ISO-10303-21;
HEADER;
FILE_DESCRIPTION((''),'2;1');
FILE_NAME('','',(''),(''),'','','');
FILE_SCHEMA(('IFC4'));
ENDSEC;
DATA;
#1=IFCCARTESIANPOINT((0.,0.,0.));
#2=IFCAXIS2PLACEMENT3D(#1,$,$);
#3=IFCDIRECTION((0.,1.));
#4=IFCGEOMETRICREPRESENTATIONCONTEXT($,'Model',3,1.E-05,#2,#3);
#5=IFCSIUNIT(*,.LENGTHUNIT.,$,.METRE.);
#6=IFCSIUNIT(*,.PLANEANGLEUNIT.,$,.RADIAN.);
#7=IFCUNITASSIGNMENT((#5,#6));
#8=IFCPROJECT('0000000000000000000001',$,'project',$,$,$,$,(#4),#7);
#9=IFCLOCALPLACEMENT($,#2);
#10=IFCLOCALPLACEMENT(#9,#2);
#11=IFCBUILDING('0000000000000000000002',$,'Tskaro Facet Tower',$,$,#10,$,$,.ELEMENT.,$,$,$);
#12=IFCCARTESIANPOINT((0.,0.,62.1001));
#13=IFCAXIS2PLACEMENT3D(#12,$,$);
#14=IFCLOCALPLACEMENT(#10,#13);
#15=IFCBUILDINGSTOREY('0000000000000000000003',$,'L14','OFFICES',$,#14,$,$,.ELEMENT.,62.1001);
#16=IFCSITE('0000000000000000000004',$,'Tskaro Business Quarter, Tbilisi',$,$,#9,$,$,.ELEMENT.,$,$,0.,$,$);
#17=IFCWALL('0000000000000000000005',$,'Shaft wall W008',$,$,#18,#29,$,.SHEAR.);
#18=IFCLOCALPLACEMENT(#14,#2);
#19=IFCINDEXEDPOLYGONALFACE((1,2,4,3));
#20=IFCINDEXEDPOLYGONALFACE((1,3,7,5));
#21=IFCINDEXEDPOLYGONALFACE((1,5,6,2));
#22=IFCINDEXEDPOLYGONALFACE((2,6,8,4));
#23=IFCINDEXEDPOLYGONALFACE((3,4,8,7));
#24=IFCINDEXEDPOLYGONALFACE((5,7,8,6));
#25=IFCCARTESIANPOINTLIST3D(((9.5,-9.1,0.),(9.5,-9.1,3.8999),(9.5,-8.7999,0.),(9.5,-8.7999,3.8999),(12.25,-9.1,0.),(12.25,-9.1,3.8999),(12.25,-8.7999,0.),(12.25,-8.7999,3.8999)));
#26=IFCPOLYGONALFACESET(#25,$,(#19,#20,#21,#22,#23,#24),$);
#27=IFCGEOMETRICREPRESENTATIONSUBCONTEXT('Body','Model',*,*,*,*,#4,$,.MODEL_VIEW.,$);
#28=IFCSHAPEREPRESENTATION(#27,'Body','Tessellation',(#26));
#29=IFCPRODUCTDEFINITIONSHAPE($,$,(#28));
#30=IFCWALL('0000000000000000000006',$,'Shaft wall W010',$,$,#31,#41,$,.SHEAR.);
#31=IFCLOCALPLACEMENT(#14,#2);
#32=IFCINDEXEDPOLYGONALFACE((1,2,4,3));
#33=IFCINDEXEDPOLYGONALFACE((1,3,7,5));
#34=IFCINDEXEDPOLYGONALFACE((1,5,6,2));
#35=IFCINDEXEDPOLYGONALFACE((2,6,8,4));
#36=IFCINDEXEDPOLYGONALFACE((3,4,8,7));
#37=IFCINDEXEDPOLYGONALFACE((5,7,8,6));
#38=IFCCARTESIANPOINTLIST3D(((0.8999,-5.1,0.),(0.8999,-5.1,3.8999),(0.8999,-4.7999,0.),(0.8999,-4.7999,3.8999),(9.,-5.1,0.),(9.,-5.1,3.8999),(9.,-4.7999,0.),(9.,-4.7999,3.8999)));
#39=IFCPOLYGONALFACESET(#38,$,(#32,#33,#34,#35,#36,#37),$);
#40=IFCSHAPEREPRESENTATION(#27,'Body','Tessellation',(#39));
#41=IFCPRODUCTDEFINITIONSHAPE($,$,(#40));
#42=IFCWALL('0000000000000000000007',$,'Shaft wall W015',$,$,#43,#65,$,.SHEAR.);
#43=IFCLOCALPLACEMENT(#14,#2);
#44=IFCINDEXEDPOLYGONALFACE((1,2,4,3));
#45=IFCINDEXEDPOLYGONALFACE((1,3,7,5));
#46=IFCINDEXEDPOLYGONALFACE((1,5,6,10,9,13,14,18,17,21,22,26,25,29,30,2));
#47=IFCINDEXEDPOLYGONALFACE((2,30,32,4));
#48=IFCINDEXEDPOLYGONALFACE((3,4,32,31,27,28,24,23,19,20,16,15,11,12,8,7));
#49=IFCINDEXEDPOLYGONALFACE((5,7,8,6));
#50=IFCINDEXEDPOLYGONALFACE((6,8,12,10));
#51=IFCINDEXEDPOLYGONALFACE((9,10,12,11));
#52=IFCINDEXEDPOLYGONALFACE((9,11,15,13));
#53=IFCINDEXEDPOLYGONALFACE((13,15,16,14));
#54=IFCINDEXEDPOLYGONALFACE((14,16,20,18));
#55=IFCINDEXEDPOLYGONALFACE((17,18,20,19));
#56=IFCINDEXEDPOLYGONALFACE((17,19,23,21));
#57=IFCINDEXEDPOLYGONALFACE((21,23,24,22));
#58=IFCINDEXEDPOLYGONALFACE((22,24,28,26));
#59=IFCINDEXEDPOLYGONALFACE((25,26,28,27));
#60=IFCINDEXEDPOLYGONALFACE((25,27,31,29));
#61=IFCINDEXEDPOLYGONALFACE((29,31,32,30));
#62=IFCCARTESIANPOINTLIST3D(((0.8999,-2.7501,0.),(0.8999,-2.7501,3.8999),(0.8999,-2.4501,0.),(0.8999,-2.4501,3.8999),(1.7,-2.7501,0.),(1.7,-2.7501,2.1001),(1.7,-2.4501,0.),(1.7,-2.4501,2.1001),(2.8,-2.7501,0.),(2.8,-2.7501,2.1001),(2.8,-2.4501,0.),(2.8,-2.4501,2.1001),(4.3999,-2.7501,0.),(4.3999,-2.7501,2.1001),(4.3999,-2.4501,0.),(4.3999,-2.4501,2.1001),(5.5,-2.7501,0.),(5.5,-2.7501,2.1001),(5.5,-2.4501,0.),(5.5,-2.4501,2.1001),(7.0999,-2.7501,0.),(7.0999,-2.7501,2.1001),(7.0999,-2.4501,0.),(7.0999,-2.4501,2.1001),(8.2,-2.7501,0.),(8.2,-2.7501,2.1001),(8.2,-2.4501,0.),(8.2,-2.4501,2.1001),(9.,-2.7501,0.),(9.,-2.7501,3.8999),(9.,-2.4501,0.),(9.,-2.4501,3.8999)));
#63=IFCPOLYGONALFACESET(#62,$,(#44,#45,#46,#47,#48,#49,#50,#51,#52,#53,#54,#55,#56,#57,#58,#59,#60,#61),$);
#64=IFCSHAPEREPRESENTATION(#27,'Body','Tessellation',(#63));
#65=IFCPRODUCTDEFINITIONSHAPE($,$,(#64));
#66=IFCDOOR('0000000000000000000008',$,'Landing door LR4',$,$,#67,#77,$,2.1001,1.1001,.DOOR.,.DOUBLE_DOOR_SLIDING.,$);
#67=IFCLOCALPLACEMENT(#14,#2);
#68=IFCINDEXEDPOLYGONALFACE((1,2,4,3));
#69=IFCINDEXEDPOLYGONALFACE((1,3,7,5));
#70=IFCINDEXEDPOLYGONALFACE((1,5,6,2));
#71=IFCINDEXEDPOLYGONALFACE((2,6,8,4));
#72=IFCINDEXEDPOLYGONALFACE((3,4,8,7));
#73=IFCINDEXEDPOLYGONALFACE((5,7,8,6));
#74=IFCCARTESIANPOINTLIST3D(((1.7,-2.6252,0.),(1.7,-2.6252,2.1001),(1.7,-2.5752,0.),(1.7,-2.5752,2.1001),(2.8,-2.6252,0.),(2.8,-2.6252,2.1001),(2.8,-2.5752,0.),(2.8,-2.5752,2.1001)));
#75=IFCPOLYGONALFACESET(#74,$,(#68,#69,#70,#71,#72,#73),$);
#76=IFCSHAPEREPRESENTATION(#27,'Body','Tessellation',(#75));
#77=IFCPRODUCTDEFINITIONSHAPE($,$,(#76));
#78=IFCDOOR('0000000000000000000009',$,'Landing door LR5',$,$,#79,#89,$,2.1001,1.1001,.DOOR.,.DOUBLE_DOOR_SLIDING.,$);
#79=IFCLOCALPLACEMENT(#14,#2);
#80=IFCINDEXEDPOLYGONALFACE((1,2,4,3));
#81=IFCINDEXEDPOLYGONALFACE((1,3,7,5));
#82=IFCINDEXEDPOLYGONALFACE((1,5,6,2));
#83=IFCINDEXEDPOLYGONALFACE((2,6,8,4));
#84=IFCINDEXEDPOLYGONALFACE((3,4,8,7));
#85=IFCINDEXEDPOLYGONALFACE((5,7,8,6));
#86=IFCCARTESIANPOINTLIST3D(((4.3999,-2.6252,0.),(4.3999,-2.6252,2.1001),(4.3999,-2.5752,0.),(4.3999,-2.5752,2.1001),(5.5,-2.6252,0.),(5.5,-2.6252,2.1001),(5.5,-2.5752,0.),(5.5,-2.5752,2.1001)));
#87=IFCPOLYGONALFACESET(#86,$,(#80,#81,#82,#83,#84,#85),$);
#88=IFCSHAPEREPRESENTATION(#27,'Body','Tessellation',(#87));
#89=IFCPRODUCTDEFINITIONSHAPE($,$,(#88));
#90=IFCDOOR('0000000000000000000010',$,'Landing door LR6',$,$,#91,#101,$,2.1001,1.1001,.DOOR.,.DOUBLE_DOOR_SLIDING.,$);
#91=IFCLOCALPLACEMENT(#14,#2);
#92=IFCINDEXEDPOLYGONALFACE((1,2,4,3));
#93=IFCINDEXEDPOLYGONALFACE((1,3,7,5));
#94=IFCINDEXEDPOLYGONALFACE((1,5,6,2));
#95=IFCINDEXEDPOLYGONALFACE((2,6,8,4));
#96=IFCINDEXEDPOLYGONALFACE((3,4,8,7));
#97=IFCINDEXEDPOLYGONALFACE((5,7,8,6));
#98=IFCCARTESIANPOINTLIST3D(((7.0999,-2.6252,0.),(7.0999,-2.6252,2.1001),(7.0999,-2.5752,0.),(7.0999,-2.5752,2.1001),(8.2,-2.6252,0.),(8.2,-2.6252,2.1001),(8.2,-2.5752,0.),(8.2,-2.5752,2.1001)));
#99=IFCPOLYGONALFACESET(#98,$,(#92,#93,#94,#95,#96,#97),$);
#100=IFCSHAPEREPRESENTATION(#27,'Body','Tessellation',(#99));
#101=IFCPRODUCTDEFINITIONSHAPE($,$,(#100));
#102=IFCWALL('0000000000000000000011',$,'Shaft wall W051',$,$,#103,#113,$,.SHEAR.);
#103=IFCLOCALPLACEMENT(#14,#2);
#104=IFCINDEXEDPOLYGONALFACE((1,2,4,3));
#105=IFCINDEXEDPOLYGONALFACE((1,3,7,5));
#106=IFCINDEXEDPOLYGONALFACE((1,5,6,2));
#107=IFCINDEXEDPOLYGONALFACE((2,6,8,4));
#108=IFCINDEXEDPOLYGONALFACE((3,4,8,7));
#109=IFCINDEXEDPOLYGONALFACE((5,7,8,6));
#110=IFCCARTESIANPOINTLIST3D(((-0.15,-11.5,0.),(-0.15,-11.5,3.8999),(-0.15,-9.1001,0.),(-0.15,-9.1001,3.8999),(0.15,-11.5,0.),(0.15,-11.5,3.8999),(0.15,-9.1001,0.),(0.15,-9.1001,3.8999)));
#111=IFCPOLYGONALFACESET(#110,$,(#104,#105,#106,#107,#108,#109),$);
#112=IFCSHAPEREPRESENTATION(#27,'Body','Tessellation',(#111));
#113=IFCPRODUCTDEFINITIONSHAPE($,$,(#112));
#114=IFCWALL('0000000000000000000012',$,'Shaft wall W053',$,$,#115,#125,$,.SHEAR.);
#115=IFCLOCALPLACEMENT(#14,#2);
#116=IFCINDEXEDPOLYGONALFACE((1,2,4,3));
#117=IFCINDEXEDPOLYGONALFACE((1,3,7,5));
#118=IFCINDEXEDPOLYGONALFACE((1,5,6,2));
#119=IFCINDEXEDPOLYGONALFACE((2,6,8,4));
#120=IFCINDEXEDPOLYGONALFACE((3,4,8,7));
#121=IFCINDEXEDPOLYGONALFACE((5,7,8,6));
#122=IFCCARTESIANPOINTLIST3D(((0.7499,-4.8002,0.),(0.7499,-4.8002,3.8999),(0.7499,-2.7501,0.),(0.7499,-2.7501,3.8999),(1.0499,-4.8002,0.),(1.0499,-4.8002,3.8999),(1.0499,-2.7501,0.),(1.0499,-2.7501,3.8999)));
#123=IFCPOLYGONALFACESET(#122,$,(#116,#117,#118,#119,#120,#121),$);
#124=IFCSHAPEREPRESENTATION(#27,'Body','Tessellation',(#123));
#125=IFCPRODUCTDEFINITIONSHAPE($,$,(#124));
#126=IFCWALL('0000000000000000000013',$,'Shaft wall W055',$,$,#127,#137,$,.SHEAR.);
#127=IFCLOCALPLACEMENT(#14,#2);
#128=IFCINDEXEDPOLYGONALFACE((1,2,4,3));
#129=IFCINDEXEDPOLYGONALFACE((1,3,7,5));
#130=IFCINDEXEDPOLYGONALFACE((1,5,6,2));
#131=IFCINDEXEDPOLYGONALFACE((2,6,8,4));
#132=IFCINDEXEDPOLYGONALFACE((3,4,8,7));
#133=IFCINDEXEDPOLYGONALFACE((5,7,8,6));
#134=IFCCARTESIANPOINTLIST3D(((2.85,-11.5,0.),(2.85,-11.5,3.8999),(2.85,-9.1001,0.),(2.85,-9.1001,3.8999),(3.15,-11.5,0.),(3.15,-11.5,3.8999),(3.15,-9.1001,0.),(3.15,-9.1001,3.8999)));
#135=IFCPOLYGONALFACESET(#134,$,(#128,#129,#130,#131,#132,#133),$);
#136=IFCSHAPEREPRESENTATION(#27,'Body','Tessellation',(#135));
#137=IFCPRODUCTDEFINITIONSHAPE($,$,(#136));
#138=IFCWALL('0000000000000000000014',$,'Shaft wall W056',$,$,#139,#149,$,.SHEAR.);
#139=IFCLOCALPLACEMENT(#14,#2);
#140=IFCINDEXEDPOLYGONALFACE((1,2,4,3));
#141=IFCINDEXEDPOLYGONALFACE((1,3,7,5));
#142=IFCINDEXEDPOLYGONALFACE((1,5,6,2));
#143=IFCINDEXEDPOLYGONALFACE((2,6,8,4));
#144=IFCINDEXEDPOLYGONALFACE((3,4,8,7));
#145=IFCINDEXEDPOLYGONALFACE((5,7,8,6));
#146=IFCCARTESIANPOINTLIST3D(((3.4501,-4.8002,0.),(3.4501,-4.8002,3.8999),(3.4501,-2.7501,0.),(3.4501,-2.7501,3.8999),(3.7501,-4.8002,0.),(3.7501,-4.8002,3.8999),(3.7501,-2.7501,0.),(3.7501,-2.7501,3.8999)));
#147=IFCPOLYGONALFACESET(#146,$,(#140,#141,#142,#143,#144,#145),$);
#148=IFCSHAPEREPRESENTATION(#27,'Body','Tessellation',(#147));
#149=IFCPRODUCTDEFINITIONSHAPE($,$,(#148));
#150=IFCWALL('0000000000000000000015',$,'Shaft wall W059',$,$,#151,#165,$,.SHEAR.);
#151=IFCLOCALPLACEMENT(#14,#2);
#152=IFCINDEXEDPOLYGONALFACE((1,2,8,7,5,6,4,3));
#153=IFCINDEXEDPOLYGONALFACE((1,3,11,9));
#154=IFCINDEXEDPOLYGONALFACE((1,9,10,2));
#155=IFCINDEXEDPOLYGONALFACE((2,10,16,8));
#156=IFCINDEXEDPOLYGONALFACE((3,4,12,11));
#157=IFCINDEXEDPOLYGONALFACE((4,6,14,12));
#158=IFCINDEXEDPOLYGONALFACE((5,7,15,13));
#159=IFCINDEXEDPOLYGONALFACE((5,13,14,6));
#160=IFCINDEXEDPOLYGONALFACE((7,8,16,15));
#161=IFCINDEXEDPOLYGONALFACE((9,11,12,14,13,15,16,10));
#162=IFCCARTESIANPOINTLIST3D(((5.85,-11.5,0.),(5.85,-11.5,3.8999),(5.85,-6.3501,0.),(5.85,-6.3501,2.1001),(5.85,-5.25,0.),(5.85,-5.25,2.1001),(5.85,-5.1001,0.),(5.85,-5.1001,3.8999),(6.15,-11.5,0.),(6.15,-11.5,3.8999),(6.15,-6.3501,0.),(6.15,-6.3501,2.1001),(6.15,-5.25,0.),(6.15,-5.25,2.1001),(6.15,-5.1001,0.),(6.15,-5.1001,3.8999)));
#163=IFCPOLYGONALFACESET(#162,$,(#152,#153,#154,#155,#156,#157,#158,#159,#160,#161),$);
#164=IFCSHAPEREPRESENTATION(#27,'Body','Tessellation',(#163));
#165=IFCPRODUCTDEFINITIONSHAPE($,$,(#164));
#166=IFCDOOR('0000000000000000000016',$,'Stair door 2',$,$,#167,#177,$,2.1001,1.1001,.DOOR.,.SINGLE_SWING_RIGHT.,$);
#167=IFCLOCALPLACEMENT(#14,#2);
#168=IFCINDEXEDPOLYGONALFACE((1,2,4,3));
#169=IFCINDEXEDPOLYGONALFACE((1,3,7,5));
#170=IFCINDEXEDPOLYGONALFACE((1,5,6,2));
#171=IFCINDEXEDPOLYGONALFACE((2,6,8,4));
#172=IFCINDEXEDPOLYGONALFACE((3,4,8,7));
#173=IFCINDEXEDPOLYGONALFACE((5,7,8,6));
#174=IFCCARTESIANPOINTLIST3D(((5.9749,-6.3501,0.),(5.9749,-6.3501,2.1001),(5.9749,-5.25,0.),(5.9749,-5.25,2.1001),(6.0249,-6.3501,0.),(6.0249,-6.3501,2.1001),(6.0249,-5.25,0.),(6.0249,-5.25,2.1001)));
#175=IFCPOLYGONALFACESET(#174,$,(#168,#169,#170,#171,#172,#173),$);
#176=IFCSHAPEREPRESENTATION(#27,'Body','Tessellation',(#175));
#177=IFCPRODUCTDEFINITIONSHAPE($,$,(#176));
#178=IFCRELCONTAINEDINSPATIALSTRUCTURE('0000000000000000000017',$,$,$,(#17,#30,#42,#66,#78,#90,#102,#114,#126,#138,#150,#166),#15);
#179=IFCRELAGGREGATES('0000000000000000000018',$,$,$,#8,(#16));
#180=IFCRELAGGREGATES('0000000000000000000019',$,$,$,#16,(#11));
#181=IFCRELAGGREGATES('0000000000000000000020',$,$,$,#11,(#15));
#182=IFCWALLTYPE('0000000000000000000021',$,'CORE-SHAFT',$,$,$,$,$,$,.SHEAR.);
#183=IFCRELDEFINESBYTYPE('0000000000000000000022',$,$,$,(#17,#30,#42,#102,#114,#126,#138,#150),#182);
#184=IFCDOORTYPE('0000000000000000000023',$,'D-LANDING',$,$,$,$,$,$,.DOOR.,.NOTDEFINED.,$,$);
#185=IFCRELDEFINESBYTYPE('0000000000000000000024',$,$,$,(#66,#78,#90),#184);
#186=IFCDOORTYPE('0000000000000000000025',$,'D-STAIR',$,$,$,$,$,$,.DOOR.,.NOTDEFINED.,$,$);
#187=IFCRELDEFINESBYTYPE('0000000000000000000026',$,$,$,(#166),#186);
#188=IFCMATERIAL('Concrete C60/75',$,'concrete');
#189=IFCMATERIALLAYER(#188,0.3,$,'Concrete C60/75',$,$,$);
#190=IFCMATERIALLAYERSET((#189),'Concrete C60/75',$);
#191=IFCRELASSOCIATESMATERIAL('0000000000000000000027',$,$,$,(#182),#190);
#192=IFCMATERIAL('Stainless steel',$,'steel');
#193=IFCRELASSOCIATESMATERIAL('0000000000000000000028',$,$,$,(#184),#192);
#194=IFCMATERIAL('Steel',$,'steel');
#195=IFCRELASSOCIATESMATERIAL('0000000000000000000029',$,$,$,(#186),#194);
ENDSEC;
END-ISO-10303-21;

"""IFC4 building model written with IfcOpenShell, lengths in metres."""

from ifc_helpers import new_model, si_unit, direction, frame, frame_2d, origin, place, context, subcontext, project, spatial, rectangle, extrude, material, layer, layer_set, type_object, element, fill, save


model = new_model("IFC4")

# Units and contexts
model_context = context("Model", 3, precision=1e-05, world=origin(), true_north=direction((0.0, 1.0)))
body_context = subcontext(model_context, "Body", "Model", "MODEL_VIEW")
ifc_project = project(units=[si_unit("LENGTHUNIT", "METRE"), si_unit("PLANEANGLEUNIT", "RADIAN")], contexts=[model_context])

# Site, building, storey
site_placement = place(None, origin())
site = spatial("IfcSite", under=ifc_project, at=site_placement, Name="Tskaro Business Quarter, Tbilisi", CompositionType="ELEMENT", RefElevation=0.0)
building_placement = place(site_placement, origin())
building = spatial("IfcBuilding", under=site, at=building_placement, Name="Tskaro Facet Tower", CompositionType="ELEMENT")
storey_placement = place(building_placement, frame((0.0, 0.0, 62.1001)))
storey = spatial("IfcBuildingStorey", under=building, at=storey_placement, Name="L14", Description="OFFICES", CompositionType="ELEMENT", Elevation=62.1001)

# Walls
ifc_material_1 = material(Name="Concrete C60/75", Category="concrete")
ifc_layer_1 = layer(ifc_material_1, 0.3, Name="Concrete C60/75")
ifc_layer_set_1 = layer_set([ifc_layer_1], Name="Concrete C60/75")
wall_type_1 = type_object("IfcWallType", Name="CORE-SHAFT", PredefinedType="SHEAR", material=ifc_layer_set_1)
wall_1_placement = place(storey_placement, frame((9.5, -8.95, 0.0), z_axis=(0.0, 0.0, 1.0), x_axis=(1.0, 0.0, 0.0)))
element("IfcWall", 1, at=wall_1_placement, inside=storey, type_object=wall_type_1, Name="Shaft wall W008", PredefinedType="SHEAR", context=body_context, shape_type="SweptSolid", body=[
    extrude(rectangle(XDim=2.75, YDim=0.3, at=frame_2d((1.375, 0.0))), origin(), (0.0, 0.0, 1.0), 3.8999),
])
wall_2_placement = place(storey_placement, frame((0.8999, -4.95, 0.0), z_axis=(0.0, 0.0, 1.0), x_axis=(1.0, 0.0, 0.0)))
element("IfcWall", 2, at=wall_2_placement, inside=storey, type_object=wall_type_1, Name="Shaft wall W010", PredefinedType="SHEAR", context=body_context, shape_type="SweptSolid", body=[
    extrude(rectangle(XDim=8.1001, YDim=0.3, at=frame_2d((4.05, 0.0))), origin(), (0.0, 0.0, 1.0), 3.8999),
])

# Wall, openings, doors
wall_3_placement = place(storey_placement, frame((0.8999, -2.6001, 0.0), z_axis=(0.0, 0.0, 1.0), x_axis=(1.0, 0.0, 0.0)))
wall_3 = element("IfcWall", 3, at=wall_3_placement, inside=storey, type_object=wall_type_1, Name="Shaft wall W015", PredefinedType="SHEAR", context=body_context, shape_type="SweptSolid", body=[
    extrude(rectangle(XDim=8.1001, YDim=0.3, at=frame_2d((4.05, 0.0))), origin(), (0.0, 0.0, 1.0), 3.8999),
])
opening_1_placement = place(wall_3_placement, frame((0.8, 0.0, 0.0)))
opening_1 = element("IfcOpeningElement", 4, at=opening_1_placement, cuts=wall_3, PredefinedType="OPENING", context=body_context, shape_type="SweptSolid", body=[
    extrude(rectangle(XDim=1.1001, YDim=2.1001, at=frame_2d((0.55, 1.05))), frame((0.0, 0.1599, 0.0), z_axis=(0.0, -1.0, 0.0), x_axis=(1.0, 0.0, 0.0)), (0.0, 0.0, 1.0), 0.3201),
])
opening_2_placement = place(wall_3_placement, frame((3.5, 0.0, 0.0)))
opening_2 = element("IfcOpeningElement", 5, at=opening_2_placement, cuts=wall_3, PredefinedType="OPENING", context=body_context, shape_type="SweptSolid", body=[
    extrude(rectangle(XDim=1.1001, YDim=2.1001, at=frame_2d((0.55, 1.05))), frame((0.0, 0.1599, 0.0), z_axis=(0.0, -1.0, 0.0), x_axis=(1.0, 0.0, 0.0)), (0.0, 0.0, 1.0), 0.3201),
])
opening_3_placement = place(wall_3_placement, frame((6.2, 0.0, 0.0)))
opening_3 = element("IfcOpeningElement", 6, at=opening_3_placement, cuts=wall_3, PredefinedType="OPENING", context=body_context, shape_type="SweptSolid", body=[
    extrude(rectangle(XDim=1.1001, YDim=2.1001, at=frame_2d((0.55, 1.05))), frame((0.0, 0.1599, 0.0), z_axis=(0.0, -1.0, 0.0), x_axis=(1.0, 0.0, 0.0)), (0.0, 0.0, 1.0), 0.3201),
])
ifc_material_2 = material(Name="Stainless steel", Category="steel")
door_type_1 = type_object("IfcDoorType", Name="D-LANDING", OperationType="NOTDEFINED", PredefinedType="DOOR", material=ifc_material_2)
door_1_placement = place(opening_1_placement, origin())
door_1 = element("IfcDoor", 7, at=door_1_placement, inside=storey, type_object=door_type_1, Name="Landing door LR4", OperationType="DOUBLE_DOOR_SLIDING", OverallHeight=2.1001, OverallWidth=1.1001, PredefinedType="DOOR", context=body_context, shape_type="SweptSolid", body=[
    extrude(rectangle(XDim=1.1001, YDim=2.1001, at=frame_2d((0.55, 1.05))), frame((0.0, 0.0249, 0.0), z_axis=(0.0, -1.0, 0.0), x_axis=(1.0, 0.0, 0.0)), (0.0, 0.0, 1.0), 0.05),
])
fill(opening_1, door_1)
door_2_placement = place(opening_2_placement, origin())
door_2 = element("IfcDoor", 8, at=door_2_placement, inside=storey, type_object=door_type_1, Name="Landing door LR5", OperationType="DOUBLE_DOOR_SLIDING", OverallHeight=2.1001, OverallWidth=1.1001, PredefinedType="DOOR", context=body_context, shape_type="SweptSolid", body=[
    extrude(rectangle(XDim=1.1001, YDim=2.1001, at=frame_2d((0.55, 1.05))), frame((0.0, 0.0249, 0.0), z_axis=(0.0, -1.0, 0.0), x_axis=(1.0, 0.0, 0.0)), (0.0, 0.0, 1.0), 0.05),
])
fill(opening_2, door_2)
door_3_placement = place(opening_3_placement, origin())
door_3 = element("IfcDoor", 9, at=door_3_placement, inside=storey, type_object=door_type_1, Name="Landing door LR6", OperationType="DOUBLE_DOOR_SLIDING", OverallHeight=2.1001, OverallWidth=1.1001, PredefinedType="DOOR", context=body_context, shape_type="SweptSolid", body=[
    extrude(rectangle(XDim=1.1001, YDim=2.1001, at=frame_2d((0.55, 1.05))), frame((0.0, 0.0249, 0.0), z_axis=(0.0, -1.0, 0.0), x_axis=(1.0, 0.0, 0.0)), (0.0, 0.0, 1.0), 0.05),
])
fill(opening_3, door_3)

# Walls
wall_4_placement = place(storey_placement, frame((0.0, -11.5, 0.0), z_axis=(0.0, 0.0, 1.0), x_axis=(0.0, 1.0, 0.0)))
element("IfcWall", 10, at=wall_4_placement, inside=storey, type_object=wall_type_1, Name="Shaft wall W051", PredefinedType="SHEAR", context=body_context, shape_type="SweptSolid", body=[
    extrude(rectangle(XDim=2.3999, YDim=0.3, at=frame_2d((1.2, 0.0))), origin(), (0.0, 0.0, 1.0), 3.8999),
])
wall_5_placement = place(storey_placement, frame((0.8999, -4.8, 0.0), z_axis=(0.0, 0.0, 1.0), x_axis=(0.0, 1.0, 0.0)))
element("IfcWall", 11, at=wall_5_placement, inside=storey, type_object=wall_type_1, Name="Shaft wall W053", PredefinedType="SHEAR", context=body_context, shape_type="SweptSolid", body=[
    extrude(rectangle(XDim=2.05, YDim=0.3, at=frame_2d((1.0249, 0.0))), origin(), (0.0, 0.0, 1.0), 3.8999),
])
wall_6_placement = place(storey_placement, frame((3.0, -11.5, 0.0), z_axis=(0.0, 0.0, 1.0), x_axis=(0.0, 1.0, 0.0)))
element("IfcWall", 12, at=wall_6_placement, inside=storey, type_object=wall_type_1, Name="Shaft wall W055", PredefinedType="SHEAR", context=body_context, shape_type="SweptSolid", body=[
    extrude(rectangle(XDim=2.3999, YDim=0.3, at=frame_2d((1.2, 0.0))), origin(), (0.0, 0.0, 1.0), 3.8999),
])
wall_7_placement = place(storey_placement, frame((3.6001, -4.8, 0.0), z_axis=(0.0, 0.0, 1.0), x_axis=(0.0, 1.0, 0.0)))
element("IfcWall", 13, at=wall_7_placement, inside=storey, type_object=wall_type_1, Name="Shaft wall W056", PredefinedType="SHEAR", context=body_context, shape_type="SweptSolid", body=[
    extrude(rectangle(XDim=2.05, YDim=0.3, at=frame_2d((1.0249, 0.0))), origin(), (0.0, 0.0, 1.0), 3.8999),
])

# Wall, opening, door
wall_8_placement = place(storey_placement, frame((6.0, -5.1001, 0.0), z_axis=(0.0, 0.0, 1.0), x_axis=(0.0, -1.0, 0.0)))
wall_8 = element("IfcWall", 14, at=wall_8_placement, inside=storey, type_object=wall_type_1, Name="Shaft wall W059", PredefinedType="SHEAR", context=body_context, shape_type="SweptSolid", body=[
    extrude(rectangle(XDim=6.3999, YDim=0.3, at=frame_2d((3.2, 0.0))), origin(), (0.0, 0.0, 1.0), 3.8999),
])
opening_4_placement = place(wall_8_placement, frame((0.1499, 0.0, 0.0)))
opening_4 = element("IfcOpeningElement", 15, at=opening_4_placement, cuts=wall_8, PredefinedType="OPENING", context=body_context, shape_type="SweptSolid", body=[
    extrude(rectangle(XDim=1.1001, YDim=2.1001, at=frame_2d((0.55, 1.05))), frame((0.0, 0.1599, 0.0), z_axis=(0.0, -1.0, 0.0), x_axis=(1.0, 0.0, 0.0)), (0.0, 0.0, 1.0), 0.3201),
])
ifc_material_3 = material(Name="Steel", Category="steel")
door_type_2 = type_object("IfcDoorType", Name="D-STAIR", OperationType="NOTDEFINED", PredefinedType="DOOR", material=ifc_material_3)
door_4_placement = place(opening_4_placement, origin())
door_4 = element("IfcDoor", 16, at=door_4_placement, inside=storey, type_object=door_type_2, Name="Stair door 2", OperationType="SINGLE_SWING_RIGHT", OverallHeight=2.1001, OverallWidth=1.1001, PredefinedType="DOOR", context=body_context, shape_type="SweptSolid", body=[
    extrude(rectangle(XDim=1.1001, YDim=2.1001, at=frame_2d((0.55, 1.05))), frame((0.0, 0.0249, 0.0), z_axis=(0.0, -1.0, 0.0), x_axis=(1.0, 0.0, 0.0)), (0.0, 0.0, 1.0), 0.05),
])
fill(opening_4, door_4)

save(model, "model.ifc")
